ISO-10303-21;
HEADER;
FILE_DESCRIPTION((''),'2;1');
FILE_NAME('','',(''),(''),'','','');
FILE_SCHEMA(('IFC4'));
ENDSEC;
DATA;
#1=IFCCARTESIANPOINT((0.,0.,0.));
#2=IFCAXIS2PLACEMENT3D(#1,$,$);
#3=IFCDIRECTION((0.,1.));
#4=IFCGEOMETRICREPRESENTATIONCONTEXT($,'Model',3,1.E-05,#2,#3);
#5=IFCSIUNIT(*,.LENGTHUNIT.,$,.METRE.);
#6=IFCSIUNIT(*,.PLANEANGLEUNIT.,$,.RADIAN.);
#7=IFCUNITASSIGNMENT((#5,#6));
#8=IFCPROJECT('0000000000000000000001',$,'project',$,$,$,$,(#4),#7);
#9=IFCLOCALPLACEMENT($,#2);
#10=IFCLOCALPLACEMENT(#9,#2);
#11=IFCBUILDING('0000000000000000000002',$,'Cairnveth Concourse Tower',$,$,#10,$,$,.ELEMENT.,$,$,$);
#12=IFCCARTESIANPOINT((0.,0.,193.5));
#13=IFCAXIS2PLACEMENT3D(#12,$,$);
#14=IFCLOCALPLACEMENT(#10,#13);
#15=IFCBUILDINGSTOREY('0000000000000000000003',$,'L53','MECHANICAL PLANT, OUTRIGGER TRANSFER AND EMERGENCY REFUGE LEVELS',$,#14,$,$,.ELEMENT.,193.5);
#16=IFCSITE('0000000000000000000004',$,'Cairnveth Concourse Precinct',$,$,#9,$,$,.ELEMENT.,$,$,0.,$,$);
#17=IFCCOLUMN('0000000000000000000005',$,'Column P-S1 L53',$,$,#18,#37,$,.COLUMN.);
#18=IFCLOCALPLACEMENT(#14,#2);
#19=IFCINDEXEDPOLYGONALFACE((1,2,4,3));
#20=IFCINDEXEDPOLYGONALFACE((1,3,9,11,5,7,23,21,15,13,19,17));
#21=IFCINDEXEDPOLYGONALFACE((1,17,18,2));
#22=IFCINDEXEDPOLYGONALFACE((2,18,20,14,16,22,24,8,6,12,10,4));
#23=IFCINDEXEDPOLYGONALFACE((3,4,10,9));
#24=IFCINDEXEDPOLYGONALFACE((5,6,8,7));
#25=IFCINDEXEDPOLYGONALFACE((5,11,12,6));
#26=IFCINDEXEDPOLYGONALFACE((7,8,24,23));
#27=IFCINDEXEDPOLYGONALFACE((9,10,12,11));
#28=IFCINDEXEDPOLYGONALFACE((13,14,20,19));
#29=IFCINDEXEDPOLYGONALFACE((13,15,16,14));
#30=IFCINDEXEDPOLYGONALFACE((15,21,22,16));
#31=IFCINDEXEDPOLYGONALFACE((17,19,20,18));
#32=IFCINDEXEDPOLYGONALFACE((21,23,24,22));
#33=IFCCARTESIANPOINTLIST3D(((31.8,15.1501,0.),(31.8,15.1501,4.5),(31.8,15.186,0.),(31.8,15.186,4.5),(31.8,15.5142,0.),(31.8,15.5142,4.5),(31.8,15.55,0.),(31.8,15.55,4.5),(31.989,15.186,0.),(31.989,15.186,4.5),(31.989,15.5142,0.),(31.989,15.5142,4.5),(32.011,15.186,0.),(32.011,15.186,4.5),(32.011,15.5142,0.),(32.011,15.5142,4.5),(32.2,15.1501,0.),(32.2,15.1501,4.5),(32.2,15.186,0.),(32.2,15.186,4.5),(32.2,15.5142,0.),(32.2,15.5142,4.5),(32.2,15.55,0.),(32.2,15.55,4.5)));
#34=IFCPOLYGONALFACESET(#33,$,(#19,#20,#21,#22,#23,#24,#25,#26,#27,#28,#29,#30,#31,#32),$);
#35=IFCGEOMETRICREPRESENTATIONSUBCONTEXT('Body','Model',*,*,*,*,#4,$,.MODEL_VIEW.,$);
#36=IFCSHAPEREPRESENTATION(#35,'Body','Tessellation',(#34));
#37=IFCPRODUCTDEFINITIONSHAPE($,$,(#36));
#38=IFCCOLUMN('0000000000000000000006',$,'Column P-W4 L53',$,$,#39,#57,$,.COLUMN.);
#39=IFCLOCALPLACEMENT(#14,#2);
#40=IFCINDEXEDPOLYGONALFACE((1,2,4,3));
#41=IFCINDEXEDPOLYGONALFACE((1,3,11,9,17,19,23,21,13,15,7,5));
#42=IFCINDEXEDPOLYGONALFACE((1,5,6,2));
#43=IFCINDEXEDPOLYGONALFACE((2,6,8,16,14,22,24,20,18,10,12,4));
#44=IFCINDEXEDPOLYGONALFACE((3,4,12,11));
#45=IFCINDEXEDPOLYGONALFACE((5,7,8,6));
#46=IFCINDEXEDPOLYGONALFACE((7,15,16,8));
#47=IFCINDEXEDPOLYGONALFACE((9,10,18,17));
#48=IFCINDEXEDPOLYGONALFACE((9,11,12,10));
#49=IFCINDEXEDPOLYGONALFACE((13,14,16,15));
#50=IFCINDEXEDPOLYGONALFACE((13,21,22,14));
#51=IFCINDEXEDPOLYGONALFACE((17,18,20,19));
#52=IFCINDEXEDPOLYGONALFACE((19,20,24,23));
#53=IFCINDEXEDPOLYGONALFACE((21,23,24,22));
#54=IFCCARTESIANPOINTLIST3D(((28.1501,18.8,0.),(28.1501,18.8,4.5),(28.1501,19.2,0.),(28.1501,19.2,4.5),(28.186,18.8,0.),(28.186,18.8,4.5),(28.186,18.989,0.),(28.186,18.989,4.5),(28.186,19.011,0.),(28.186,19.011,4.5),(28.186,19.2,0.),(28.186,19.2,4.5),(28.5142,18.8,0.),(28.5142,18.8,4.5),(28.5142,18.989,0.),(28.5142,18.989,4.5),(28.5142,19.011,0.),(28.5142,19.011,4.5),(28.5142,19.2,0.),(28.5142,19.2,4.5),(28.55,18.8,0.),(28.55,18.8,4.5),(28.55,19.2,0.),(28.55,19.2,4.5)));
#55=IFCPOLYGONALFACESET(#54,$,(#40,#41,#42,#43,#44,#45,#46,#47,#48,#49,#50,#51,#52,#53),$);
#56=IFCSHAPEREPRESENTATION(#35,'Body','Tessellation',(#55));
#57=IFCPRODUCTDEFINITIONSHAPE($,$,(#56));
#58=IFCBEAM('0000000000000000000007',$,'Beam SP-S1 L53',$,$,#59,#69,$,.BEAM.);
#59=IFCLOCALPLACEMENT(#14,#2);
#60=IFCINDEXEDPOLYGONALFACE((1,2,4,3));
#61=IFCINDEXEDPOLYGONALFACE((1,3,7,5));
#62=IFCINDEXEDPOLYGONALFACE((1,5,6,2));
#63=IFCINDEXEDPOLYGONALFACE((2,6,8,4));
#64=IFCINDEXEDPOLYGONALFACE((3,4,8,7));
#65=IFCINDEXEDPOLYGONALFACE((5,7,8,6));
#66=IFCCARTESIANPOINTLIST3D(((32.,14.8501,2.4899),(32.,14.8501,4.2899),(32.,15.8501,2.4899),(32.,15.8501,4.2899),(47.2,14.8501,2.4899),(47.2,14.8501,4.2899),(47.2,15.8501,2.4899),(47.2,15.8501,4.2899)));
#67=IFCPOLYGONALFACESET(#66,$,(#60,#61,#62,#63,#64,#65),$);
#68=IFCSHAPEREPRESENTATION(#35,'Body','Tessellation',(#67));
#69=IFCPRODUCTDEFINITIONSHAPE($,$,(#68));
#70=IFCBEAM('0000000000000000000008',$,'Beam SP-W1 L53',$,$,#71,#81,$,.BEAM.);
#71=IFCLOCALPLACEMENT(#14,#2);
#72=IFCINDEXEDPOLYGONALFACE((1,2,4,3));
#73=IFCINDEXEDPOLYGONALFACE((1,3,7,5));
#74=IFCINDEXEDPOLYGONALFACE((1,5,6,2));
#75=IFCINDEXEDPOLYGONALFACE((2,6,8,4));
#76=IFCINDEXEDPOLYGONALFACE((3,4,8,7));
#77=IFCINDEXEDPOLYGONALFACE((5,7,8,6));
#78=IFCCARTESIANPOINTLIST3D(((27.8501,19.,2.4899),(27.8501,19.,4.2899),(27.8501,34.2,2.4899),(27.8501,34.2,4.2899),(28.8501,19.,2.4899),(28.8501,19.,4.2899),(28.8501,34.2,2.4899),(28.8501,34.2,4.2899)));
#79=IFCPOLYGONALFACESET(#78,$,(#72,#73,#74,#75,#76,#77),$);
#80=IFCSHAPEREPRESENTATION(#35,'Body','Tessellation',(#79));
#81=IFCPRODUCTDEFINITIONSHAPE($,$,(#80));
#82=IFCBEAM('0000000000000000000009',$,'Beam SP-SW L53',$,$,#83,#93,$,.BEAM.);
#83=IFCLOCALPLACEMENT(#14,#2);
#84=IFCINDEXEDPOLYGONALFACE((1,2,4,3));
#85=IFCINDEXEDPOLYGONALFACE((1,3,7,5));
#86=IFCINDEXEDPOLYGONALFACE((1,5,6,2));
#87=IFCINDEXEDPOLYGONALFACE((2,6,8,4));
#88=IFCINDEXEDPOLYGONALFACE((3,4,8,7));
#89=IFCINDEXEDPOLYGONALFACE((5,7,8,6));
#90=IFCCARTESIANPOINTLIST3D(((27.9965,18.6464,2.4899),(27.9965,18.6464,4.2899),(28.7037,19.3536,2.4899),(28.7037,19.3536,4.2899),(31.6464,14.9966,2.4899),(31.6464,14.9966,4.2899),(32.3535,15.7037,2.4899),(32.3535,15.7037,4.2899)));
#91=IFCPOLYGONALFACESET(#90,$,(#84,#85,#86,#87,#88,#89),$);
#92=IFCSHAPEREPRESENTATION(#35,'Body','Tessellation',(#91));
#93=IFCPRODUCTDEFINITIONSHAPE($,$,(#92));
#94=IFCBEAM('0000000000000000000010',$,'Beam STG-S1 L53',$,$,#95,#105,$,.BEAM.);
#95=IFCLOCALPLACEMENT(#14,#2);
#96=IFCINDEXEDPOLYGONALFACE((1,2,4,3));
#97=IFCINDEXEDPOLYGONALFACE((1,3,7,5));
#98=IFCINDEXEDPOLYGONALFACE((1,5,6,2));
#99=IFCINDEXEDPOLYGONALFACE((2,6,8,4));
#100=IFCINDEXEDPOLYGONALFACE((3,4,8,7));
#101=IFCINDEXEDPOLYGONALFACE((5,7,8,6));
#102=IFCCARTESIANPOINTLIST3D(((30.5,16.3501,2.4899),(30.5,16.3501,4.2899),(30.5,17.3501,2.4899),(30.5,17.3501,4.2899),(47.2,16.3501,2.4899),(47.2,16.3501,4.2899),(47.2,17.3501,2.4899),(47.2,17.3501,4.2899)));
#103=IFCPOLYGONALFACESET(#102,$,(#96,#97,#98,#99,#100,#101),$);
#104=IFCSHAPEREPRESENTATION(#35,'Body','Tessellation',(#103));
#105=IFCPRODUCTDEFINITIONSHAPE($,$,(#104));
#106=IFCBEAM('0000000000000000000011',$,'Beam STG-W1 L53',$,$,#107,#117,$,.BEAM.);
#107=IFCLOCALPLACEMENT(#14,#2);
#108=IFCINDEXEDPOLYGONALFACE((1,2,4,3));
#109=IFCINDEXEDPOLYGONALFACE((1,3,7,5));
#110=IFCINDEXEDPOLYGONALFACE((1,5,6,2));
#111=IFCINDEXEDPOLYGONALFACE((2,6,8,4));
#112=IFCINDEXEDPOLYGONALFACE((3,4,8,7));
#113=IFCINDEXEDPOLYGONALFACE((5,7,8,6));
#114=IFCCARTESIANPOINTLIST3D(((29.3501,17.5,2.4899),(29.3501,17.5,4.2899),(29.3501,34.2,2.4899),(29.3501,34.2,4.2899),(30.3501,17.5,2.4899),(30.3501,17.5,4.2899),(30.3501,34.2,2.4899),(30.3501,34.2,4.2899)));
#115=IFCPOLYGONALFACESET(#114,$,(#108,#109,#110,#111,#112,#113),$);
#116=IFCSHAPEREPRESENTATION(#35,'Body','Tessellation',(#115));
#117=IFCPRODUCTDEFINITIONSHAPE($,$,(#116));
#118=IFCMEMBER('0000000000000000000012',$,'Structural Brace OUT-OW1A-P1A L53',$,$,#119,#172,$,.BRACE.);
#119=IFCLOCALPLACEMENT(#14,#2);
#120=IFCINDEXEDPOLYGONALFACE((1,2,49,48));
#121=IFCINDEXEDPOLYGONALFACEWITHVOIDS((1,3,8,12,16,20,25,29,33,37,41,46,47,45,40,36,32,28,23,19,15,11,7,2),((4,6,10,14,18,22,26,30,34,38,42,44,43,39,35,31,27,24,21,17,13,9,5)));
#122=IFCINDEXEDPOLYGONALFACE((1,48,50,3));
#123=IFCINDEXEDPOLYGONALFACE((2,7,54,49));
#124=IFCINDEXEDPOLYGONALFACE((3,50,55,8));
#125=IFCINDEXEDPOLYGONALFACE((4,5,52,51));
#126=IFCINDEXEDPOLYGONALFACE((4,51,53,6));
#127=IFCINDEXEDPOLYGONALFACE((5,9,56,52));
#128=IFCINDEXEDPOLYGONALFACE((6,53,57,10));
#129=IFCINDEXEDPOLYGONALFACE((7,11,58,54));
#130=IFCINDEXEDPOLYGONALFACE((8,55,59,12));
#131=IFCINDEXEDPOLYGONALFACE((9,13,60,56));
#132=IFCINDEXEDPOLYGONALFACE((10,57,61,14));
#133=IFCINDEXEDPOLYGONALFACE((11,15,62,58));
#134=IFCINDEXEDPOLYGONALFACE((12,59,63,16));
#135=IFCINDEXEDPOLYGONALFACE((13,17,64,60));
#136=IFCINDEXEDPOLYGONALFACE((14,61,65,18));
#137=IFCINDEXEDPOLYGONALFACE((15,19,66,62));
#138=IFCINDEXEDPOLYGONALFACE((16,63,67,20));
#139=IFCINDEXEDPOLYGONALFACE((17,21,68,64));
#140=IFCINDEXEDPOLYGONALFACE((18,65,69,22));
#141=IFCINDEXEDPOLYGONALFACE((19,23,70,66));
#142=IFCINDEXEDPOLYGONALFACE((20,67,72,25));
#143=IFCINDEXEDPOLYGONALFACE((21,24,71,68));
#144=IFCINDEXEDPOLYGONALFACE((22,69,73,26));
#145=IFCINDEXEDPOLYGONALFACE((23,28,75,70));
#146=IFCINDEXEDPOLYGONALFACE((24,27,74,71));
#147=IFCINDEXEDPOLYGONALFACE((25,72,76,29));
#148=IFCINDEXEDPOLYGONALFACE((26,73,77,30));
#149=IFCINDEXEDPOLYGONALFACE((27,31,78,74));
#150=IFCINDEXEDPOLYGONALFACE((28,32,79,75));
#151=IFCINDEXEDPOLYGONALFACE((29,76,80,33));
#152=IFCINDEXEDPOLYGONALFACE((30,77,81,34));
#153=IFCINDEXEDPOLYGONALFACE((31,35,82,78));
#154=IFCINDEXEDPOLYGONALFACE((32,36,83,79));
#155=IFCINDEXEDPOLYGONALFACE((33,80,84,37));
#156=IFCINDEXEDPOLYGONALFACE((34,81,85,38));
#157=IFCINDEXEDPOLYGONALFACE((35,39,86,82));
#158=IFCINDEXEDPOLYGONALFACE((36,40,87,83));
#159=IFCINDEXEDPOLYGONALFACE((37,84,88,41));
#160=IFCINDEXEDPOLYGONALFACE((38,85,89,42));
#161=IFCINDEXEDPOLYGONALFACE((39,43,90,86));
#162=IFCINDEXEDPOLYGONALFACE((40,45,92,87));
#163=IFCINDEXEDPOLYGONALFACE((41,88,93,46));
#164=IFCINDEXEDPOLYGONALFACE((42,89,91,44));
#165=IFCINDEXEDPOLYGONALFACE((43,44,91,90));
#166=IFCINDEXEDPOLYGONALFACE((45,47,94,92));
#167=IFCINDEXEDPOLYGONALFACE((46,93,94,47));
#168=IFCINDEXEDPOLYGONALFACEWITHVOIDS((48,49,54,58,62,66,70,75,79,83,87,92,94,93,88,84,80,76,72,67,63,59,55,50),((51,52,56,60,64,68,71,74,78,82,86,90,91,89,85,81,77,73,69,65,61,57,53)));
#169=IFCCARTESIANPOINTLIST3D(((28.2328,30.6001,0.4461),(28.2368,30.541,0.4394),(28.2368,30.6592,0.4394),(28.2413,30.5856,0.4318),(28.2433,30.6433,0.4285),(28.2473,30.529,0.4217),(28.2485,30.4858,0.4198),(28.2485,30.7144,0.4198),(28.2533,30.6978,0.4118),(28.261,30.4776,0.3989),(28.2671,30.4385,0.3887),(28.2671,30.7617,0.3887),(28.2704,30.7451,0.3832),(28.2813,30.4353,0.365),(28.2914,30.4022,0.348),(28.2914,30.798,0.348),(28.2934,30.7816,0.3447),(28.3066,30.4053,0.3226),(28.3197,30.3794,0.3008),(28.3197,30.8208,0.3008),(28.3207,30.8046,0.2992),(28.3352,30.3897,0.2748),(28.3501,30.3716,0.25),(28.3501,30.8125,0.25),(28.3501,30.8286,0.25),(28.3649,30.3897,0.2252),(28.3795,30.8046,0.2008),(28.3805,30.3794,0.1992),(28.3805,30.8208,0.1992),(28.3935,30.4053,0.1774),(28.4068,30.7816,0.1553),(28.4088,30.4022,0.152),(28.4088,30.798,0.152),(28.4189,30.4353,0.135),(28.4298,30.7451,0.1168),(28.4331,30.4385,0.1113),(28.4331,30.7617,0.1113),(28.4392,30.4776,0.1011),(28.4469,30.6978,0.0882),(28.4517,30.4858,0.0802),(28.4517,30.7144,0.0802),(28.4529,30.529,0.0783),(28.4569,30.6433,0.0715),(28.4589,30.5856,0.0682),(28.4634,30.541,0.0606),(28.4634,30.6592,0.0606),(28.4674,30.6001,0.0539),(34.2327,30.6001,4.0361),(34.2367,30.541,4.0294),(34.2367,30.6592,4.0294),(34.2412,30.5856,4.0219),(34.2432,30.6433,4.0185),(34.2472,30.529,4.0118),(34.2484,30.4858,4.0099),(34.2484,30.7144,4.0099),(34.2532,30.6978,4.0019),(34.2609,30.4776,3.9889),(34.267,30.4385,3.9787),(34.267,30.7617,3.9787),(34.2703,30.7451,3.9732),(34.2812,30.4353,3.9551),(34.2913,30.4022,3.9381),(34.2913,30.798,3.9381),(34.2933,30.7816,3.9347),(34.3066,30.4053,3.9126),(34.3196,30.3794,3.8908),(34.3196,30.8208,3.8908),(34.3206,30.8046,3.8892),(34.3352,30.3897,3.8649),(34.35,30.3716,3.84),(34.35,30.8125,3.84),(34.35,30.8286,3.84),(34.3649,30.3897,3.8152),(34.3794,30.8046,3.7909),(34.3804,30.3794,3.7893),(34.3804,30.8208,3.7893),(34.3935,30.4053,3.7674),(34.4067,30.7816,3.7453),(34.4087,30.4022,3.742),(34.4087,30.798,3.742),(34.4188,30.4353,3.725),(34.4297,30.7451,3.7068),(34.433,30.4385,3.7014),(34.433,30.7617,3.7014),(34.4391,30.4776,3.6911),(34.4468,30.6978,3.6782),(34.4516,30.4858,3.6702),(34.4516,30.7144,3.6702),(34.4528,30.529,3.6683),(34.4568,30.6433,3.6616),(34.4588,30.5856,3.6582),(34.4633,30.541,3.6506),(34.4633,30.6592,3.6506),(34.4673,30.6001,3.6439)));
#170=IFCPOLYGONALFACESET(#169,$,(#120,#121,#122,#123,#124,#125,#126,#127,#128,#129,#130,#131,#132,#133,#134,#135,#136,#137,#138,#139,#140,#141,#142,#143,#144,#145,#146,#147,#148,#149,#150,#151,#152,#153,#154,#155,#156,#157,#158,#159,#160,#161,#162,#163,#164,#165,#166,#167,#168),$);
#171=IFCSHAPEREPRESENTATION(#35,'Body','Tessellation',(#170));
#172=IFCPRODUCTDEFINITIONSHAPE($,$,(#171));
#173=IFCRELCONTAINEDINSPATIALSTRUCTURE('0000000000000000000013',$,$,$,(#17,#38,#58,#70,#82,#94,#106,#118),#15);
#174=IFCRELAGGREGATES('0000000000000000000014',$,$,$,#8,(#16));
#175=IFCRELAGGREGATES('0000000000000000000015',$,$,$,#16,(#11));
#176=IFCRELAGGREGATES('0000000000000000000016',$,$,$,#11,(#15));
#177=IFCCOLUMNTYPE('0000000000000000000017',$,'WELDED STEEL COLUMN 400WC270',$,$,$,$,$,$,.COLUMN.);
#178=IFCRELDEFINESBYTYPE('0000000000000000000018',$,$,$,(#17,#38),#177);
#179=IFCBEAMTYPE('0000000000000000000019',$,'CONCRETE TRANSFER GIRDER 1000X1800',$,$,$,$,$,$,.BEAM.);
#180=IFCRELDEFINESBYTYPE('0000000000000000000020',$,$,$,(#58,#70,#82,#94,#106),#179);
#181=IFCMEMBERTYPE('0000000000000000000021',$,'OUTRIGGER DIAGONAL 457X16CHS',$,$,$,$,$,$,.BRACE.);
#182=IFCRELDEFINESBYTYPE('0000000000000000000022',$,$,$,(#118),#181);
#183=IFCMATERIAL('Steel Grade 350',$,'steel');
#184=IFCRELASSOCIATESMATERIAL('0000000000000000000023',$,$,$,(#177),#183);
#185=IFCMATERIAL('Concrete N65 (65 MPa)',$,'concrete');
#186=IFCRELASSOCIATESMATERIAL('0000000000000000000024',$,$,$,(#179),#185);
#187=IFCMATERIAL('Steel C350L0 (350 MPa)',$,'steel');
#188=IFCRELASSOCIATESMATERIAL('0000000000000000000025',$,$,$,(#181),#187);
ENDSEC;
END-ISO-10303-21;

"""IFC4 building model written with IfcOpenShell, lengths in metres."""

from ifc_helpers import new_model, si_unit, direction, frame, origin, origin_2d, place, context, subcontext, project, spatial, rectangle, hollow_circle, i_section, extrude, material, material_profile, profile_set, type_object, element, save


model = new_model("IFC4")

# Units and contexts
model_context = context("Model", 3, precision=1e-05, world=origin(), true_north=direction((0.0, 1.0)))
body_context = subcontext(model_context, "Body", "Model", "MODEL_VIEW")
ifc_project = project(units=[si_unit("LENGTHUNIT", "METRE"), si_unit("PLANEANGLEUNIT", "RADIAN")], contexts=[model_context])

# Site, building, storey
site_placement = place(None, origin())
site = spatial("IfcSite", under=ifc_project, at=site_placement, Name="Cairnveth Concourse Precinct", CompositionType="ELEMENT", RefElevation=0.0)
building_placement = place(site_placement, origin())
building = spatial("IfcBuilding", under=site, at=building_placement, Name="Cairnveth Concourse Tower", CompositionType="ELEMENT")
storey_placement = place(building_placement, frame((0.0, 0.0, 193.5)))
storey = spatial("IfcBuildingStorey", under=building, at=storey_placement, Name="L53", Description="MECHANICAL PLANT, OUTRIGGER TRANSFER AND EMERGENCY REFUGE LEVELS", CompositionType="ELEMENT", Elevation=193.5)

# Columns
ifc_material_1 = material(Name="Steel Grade 350", Category="steel")
ifc_material_profile_1 = material_profile(ifc_material_1, i_section(OverallWidth=0.3999, OverallDepth=0.3999, WebThickness=0.022, FlangeThickness=0.0359, at=origin_2d()), Name="400WC270")
ifc_profile_set_1 = profile_set([ifc_material_profile_1], Name="Steel Grade 350")
column_type = type_object("IfcColumnType", Name="WELDED STEEL COLUMN 400WC270", PredefinedType="COLUMN", material=ifc_profile_set_1)
for number, where, z_axis, x_axis, name in (
    (1, (32.0, 15.3501, 0.0), (0.0, 0.0, 1.0), (1.0, 0.0, 0.0), "Column P-S1 L53"),
    (2, (28.3501, 19.0, 0.0), (0.0, 0.0, 1.0), (0.0, 1.0, 0.0), "Column P-W4 L53"),
):
    element("IfcColumn", number, at=place(storey_placement, frame(where, z_axis=z_axis, x_axis=x_axis)), inside=storey, type_object=column_type, Name=name, PredefinedType="COLUMN", context=body_context, shape_type="SweptSolid", body=[
        extrude(i_section(OverallWidth=0.3999, OverallDepth=0.3999, WebThickness=0.022, FlangeThickness=0.0359, at=origin_2d()), origin(), (0.0, 0.0, 1.0), 4.5),
    ])

# Beams
ifc_material_2 = material(Name="Concrete N65 (65 MPa)", Category="concrete")
ifc_material_profile_2 = material_profile(ifc_material_2, rectangle(XDim=1.0, YDim=1.8, at=origin_2d()), Name="RC-TB-1000x1800")
ifc_profile_set_2 = profile_set([ifc_material_profile_2], Name="Concrete N65 (65 MPa)")
beam_type_1 = type_object("IfcBeamType", Name="CONCRETE TRANSFER GIRDER 1000X1800", PredefinedType="BEAM", material=ifc_profile_set_2)
for number, where, z_axis, x_axis, name in (
    (3, (32.0, 15.3501, 3.3899), (1.0, 0.0, 0.0), (0.0, 1.0, 0.0), "Beam SP-S1 L53"),
    (4, (28.3501, 19.0, 3.3899), (0.0, 1.0, 0.0), (-1.0, 0.0, 0.0), "Beam SP-W1 L53"),
):
    element("IfcBeam", number, at=place(storey_placement, frame(where, z_axis=z_axis, x_axis=x_axis)), inside=storey, type_object=beam_type_1, Name=name, PredefinedType="BEAM", context=body_context, shape_type="SweptSolid", body=[
        extrude(rectangle(XDim=1.0, YDim=1.8, at=origin_2d()), origin(), (0.0, 0.0, 1.0), 15.2),
    ])
beam_1_placement = place(storey_placement, frame((28.3501, 19.0, 3.3899), z_axis=(0.707107, -0.707107, 0.0), x_axis=(0.707107, 0.707107, 0.0)))
element("IfcBeam", 5, at=beam_1_placement, inside=storey, type_object=beam_type_1, Name="Beam SP-SW L53", PredefinedType="BEAM", context=body_context, shape_type="SweptSolid", body=[
    extrude(rectangle(XDim=1.0, YDim=1.8, at=origin_2d()), origin(), (0.0, 0.0, 1.0), 5.1616),
])
for number, where, z_axis, x_axis, name in (
    (6, (30.5, 16.8501, 3.3899), (1.0, 0.0, 0.0), (0.0, 1.0, 0.0), "Beam STG-S1 L53"),
    (7, (29.8501, 17.5, 3.3899), (0.0, 1.0, 0.0), (-1.0, 0.0, 0.0), "Beam STG-W1 L53"),
):
    element("IfcBeam", number, at=place(storey_placement, frame(where, z_axis=z_axis, x_axis=x_axis)), inside=storey, type_object=beam_type_1, Name=name, PredefinedType="BEAM", context=body_context, shape_type="SweptSolid", body=[
        extrude(rectangle(XDim=1.0, YDim=1.8, at=origin_2d()), origin(), (0.0, 0.0, 1.0), 16.7),
    ])

# Member
ifc_material_3 = material(Name="Steel C350L0 (350 MPa)", Category="steel")
ifc_material_profile_3 = material_profile(ifc_material_3, hollow_circle(Radius=0.2285, WallThickness=0.0161, at=origin_2d()), Name="457.0x16.0CHS")
ifc_profile_set_3 = profile_set([ifc_material_profile_3], Name="Steel C350L0 (350 MPa)")
member_type_1 = type_object("IfcMemberType", Name="OUTRIGGER DIAGONAL 457X16CHS", PredefinedType="BRACE", material=ifc_profile_set_3)
member_1_placement = place(storey_placement, frame((28.3501, 30.6001, 0.25), z_axis=(0.858118, 0.0, 0.513453), x_axis=(0.0, 1.0, 0.0)))
element("IfcMember", 8, at=member_1_placement, inside=storey, type_object=member_type_1, Name="Structural Brace OUT-OW1A-P1A L53", PredefinedType="BRACE", context=body_context, shape_type="SweptSolid", body=[
    extrude(hollow_circle(Radius=0.2285, WallThickness=0.0161, at=origin_2d()), origin(), (0.0, 0.0, 1.0), 6.9919),
])

save(model, "model.ifc")
